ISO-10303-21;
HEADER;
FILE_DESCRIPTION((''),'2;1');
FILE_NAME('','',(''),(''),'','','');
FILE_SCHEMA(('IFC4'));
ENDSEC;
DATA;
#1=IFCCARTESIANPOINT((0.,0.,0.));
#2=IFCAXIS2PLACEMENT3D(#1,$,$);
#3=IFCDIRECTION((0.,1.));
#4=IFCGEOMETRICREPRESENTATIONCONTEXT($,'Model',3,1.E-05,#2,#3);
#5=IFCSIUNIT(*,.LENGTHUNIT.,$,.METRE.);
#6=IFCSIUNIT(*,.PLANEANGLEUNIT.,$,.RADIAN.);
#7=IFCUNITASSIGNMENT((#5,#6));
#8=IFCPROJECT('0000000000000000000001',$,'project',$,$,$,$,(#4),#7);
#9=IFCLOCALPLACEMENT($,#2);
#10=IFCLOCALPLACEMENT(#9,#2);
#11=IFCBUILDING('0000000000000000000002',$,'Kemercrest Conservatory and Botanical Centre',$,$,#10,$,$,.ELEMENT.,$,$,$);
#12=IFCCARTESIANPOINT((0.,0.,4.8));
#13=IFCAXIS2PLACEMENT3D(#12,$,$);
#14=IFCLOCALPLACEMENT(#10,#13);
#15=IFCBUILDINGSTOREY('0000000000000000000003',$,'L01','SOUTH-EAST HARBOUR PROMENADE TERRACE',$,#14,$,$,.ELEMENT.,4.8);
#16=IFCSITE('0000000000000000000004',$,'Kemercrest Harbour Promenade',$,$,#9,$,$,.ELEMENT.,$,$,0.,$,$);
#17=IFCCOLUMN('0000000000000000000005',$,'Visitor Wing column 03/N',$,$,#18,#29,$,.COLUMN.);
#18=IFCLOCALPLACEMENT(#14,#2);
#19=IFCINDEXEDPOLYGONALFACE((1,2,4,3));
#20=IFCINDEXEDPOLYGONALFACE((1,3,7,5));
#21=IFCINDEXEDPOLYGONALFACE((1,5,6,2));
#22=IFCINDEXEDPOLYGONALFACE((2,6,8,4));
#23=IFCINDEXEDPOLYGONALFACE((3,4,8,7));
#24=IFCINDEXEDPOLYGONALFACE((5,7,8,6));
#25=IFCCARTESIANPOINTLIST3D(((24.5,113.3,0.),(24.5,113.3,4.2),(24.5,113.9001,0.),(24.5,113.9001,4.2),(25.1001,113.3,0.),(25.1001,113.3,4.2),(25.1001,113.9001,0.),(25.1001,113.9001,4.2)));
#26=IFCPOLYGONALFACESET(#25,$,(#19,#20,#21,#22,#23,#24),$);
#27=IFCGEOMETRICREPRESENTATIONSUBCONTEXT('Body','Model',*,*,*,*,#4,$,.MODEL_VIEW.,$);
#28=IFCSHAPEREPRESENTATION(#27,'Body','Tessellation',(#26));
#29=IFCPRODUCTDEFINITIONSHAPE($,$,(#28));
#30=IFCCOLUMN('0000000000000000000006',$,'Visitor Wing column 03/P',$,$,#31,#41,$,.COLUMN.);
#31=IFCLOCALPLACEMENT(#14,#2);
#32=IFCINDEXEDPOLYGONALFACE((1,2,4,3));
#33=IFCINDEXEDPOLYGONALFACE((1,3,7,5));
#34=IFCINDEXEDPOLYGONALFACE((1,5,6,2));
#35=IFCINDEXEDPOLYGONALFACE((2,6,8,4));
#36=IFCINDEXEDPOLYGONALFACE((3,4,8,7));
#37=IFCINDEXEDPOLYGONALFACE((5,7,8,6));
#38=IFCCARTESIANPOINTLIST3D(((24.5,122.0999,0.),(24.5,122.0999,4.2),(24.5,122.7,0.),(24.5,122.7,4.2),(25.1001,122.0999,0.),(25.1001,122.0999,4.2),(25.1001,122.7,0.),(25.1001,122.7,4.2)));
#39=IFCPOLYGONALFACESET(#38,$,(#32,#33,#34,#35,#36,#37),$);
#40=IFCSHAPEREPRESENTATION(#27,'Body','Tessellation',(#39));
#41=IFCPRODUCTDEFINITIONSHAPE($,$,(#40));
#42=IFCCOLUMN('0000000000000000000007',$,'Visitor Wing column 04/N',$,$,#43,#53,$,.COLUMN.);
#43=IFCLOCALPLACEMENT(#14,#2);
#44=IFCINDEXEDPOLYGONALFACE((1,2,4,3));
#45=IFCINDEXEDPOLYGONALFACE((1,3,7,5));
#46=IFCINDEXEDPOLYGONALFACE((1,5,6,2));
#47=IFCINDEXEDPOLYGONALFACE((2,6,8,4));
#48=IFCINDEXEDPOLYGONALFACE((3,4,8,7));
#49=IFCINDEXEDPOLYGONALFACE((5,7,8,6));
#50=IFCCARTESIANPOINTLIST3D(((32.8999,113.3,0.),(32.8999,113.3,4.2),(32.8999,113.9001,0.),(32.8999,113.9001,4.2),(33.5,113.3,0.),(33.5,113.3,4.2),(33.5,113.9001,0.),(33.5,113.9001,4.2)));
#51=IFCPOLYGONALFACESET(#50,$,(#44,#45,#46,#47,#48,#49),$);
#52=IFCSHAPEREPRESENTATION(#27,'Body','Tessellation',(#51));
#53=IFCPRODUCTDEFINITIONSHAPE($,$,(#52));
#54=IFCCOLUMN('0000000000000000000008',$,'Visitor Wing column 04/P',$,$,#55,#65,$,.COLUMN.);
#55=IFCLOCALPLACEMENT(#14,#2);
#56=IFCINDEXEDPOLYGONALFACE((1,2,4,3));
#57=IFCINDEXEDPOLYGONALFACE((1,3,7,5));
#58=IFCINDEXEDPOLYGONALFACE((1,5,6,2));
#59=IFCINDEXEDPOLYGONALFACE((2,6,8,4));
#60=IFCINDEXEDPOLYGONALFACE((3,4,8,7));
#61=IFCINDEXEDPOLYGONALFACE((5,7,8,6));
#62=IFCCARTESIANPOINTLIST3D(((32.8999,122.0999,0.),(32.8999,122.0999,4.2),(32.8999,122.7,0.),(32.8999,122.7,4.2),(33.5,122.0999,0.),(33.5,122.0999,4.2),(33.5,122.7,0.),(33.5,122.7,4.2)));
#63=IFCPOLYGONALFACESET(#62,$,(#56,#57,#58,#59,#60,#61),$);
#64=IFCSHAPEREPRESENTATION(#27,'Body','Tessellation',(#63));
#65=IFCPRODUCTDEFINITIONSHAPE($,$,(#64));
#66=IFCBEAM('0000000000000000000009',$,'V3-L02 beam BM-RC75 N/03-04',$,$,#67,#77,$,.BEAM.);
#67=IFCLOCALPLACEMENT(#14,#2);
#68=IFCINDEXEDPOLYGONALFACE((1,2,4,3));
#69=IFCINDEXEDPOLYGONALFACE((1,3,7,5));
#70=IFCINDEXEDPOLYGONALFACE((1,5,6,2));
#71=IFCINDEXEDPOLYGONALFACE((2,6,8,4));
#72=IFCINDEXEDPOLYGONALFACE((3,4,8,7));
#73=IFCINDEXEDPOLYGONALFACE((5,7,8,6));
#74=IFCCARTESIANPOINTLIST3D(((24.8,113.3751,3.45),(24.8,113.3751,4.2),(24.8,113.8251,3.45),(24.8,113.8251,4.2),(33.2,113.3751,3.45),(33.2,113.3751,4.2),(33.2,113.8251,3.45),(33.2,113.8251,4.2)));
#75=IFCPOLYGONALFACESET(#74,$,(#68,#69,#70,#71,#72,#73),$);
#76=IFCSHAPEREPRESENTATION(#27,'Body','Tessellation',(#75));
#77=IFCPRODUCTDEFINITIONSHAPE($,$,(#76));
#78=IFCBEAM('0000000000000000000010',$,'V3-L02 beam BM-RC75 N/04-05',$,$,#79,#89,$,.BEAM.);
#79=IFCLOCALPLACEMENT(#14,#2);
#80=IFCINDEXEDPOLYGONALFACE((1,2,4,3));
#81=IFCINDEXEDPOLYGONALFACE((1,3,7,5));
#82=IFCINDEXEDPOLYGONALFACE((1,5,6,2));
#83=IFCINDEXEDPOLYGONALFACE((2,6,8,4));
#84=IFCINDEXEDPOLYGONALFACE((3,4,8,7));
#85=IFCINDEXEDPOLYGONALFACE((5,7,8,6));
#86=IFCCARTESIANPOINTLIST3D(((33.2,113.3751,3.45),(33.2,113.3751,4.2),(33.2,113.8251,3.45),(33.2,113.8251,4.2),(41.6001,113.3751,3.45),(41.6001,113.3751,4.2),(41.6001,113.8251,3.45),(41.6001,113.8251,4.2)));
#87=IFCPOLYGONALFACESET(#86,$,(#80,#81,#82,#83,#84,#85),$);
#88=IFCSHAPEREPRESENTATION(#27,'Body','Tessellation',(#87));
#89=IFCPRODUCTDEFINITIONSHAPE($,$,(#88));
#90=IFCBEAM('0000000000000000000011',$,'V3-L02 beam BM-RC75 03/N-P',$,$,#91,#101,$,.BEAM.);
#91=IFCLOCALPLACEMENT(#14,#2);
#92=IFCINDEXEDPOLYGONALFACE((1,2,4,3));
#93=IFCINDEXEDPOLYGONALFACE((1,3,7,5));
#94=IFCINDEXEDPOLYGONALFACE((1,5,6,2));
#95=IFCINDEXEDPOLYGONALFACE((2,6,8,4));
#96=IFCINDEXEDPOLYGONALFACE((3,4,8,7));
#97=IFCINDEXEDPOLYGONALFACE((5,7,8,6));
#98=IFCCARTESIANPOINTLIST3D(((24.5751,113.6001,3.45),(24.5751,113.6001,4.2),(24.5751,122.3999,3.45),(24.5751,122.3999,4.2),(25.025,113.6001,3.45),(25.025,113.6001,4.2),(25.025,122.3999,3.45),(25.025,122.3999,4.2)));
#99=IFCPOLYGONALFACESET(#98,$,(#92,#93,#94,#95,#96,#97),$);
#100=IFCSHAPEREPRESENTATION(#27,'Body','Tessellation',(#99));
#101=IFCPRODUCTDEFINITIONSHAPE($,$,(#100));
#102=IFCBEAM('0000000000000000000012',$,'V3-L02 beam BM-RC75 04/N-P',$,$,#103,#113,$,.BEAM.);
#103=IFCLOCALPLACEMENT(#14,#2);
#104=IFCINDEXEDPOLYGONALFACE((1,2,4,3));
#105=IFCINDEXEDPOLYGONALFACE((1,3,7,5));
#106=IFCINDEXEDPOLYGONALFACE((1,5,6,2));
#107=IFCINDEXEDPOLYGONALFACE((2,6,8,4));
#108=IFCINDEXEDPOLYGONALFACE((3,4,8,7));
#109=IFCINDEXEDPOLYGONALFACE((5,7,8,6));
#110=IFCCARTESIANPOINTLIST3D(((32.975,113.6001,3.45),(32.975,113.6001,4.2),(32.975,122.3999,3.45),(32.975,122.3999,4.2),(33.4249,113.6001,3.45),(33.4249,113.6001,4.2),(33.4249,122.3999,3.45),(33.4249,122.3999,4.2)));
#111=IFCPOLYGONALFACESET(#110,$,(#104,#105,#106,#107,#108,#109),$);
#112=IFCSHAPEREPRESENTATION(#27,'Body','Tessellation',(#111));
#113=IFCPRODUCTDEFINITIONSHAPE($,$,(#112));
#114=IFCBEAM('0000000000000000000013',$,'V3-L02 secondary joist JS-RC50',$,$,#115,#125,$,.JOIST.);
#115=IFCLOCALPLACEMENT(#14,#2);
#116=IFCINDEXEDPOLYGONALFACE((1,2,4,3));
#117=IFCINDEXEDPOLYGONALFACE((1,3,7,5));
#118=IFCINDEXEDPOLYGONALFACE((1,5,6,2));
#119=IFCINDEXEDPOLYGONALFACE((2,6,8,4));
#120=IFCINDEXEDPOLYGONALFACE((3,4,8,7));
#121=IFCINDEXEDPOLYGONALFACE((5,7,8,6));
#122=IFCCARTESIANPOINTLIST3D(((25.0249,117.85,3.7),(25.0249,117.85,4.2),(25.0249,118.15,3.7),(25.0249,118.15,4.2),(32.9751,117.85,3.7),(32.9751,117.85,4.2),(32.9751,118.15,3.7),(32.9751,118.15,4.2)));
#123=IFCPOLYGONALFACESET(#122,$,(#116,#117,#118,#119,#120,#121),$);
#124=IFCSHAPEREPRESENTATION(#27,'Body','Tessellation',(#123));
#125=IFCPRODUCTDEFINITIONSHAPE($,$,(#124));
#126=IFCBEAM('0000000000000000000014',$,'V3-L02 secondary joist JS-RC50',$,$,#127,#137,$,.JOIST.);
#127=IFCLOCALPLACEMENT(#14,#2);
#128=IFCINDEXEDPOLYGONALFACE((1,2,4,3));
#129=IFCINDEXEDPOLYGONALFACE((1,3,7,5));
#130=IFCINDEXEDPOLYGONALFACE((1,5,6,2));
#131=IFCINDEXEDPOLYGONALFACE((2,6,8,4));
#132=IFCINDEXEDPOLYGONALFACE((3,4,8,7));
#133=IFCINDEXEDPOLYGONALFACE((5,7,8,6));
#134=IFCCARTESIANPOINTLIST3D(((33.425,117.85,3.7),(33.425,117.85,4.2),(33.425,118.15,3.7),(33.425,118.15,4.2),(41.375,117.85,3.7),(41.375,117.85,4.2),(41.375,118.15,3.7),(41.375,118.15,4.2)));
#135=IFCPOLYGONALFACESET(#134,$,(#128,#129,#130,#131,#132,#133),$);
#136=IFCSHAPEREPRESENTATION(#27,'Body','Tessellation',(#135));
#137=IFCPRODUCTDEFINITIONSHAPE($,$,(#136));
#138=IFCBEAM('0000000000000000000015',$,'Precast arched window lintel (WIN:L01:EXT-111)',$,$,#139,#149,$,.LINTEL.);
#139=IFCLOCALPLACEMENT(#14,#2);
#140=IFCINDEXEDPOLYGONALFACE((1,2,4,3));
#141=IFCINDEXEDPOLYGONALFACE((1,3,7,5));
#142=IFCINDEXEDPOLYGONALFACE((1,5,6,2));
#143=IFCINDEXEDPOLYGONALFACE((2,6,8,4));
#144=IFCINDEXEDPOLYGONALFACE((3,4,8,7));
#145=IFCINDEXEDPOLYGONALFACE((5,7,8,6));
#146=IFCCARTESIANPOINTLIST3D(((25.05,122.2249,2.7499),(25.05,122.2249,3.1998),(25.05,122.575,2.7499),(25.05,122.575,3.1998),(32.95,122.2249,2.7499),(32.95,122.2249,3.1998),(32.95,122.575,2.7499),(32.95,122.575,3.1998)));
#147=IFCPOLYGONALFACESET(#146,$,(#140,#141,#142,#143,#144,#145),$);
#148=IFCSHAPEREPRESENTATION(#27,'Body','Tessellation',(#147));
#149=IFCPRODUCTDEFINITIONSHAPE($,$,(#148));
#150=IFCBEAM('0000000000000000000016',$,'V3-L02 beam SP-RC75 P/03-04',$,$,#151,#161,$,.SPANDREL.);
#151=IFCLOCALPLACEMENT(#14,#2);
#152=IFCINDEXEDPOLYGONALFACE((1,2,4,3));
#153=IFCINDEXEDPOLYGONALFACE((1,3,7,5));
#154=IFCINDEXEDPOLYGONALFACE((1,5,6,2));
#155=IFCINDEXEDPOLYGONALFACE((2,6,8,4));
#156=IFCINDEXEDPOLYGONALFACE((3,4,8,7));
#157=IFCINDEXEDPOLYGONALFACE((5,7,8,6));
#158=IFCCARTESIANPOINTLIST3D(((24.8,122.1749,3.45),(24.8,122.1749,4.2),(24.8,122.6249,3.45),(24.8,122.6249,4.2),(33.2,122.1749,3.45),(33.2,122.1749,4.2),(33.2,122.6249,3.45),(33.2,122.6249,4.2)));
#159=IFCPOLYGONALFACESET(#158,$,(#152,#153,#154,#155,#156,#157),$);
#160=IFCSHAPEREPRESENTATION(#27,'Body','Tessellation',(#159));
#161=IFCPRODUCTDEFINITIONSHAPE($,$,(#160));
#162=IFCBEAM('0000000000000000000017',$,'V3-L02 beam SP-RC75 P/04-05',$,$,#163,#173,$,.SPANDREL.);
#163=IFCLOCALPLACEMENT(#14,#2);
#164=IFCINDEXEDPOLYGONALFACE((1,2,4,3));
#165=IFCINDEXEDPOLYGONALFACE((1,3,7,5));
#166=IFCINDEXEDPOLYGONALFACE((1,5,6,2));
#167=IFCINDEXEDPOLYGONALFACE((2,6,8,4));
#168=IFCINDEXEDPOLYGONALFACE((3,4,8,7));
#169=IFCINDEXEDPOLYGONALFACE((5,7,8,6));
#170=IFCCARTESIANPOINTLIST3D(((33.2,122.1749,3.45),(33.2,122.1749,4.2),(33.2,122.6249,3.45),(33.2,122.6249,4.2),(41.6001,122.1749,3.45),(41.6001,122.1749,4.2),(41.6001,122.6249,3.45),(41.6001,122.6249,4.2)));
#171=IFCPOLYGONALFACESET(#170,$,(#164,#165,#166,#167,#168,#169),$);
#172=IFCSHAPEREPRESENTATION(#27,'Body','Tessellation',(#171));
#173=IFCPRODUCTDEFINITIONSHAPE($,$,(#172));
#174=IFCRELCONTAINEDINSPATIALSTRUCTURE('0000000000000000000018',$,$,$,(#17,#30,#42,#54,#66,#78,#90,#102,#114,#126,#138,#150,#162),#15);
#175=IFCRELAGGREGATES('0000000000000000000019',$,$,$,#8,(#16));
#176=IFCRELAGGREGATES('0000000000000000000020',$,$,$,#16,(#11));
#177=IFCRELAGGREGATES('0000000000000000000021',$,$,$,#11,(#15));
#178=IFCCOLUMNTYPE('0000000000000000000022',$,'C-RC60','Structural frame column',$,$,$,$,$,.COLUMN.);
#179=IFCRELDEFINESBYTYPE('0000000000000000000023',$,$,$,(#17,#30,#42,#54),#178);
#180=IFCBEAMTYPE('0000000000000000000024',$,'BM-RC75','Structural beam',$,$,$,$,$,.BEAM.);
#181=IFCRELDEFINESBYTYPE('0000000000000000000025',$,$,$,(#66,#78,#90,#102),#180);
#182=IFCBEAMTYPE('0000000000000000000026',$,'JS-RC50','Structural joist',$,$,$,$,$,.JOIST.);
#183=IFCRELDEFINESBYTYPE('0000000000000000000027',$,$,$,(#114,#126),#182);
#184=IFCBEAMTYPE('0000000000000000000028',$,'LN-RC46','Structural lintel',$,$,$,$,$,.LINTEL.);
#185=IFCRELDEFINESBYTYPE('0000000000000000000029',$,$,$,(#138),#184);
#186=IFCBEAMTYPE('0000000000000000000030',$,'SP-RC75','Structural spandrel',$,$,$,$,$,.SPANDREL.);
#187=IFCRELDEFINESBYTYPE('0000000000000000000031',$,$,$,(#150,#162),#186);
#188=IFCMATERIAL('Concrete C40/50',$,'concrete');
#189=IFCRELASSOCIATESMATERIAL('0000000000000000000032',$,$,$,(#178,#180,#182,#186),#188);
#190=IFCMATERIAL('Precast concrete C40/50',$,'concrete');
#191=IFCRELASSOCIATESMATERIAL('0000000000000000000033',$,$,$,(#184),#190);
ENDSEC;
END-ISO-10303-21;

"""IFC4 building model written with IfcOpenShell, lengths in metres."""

from ifc_helpers import new_model, si_unit, direction, frame, origin, origin_2d, place, context, subcontext, project, spatial, rectangle, extrude, material, material_profile, profile_set, type_object, element, save


model = new_model("IFC4")

# Units and contexts
model_context = context("Model", 3, precision=1e-05, world=origin(), true_north=direction((0.0, 1.0)))
body_context = subcontext(model_context, "Body", "Model", "MODEL_VIEW")
ifc_project = project(units=[si_unit("LENGTHUNIT", "METRE"), si_unit("PLANEANGLEUNIT", "RADIAN")], contexts=[model_context])

# Site, building, storey
site_placement = place(None, origin())
site = spatial("IfcSite", under=ifc_project, at=site_placement, Name="Kemercrest Harbour Promenade", CompositionType="ELEMENT", RefElevation=0.0)
building_placement = place(site_placement, origin())
building = spatial("IfcBuilding", under=site, at=building_placement, Name="Kemercrest Conservatory and Botanical Centre", CompositionType="ELEMENT")
storey_placement = place(building_placement, frame((0.0, 0.0, 4.8)))
storey = spatial("IfcBuildingStorey", under=building, at=storey_placement, Name="L01", Description="SOUTH-EAST HARBOUR PROMENADE TERRACE", CompositionType="ELEMENT", Elevation=4.8)

# Columns
ifc_material_1 = material(Name="Concrete C40/50", Category="concrete")
ifc_material_profile_1 = material_profile(ifc_material_1, rectangle(XDim=0.6001, YDim=0.6001, at=origin_2d()), Name="RC 600x600")
ifc_profile_set_1 = profile_set([ifc_material_profile_1], Name="Concrete C40/50")
column_type = type_object("IfcColumnType", Name="C-RC60", Description="Structural frame column", PredefinedType="COLUMN", material=ifc_profile_set_1)
for number, where, z_axis, x_axis, name in (
    (1, (24.8, 113.6001, 0.0), (0.0, 0.0, 1.0), (1.0, 0.0, 0.0), "Visitor Wing column 03/N"),
    (2, (24.8, 122.3999, 0.0), (0.0, 0.0, 1.0), (1.0, 0.0, 0.0), "Visitor Wing column 03/P"),
    (3, (33.2, 113.6001, 0.0), (0.0, 0.0, 1.0), (1.0, 0.0, 0.0), "Visitor Wing column 04/N"),
    (4, (33.2, 122.3999, 0.0), (0.0, 0.0, 1.0), (1.0, 0.0, 0.0), "Visitor Wing column 04/P"),
):
    element("IfcColumn", number, at=place(storey_placement, frame(where, z_axis=z_axis, x_axis=x_axis)), inside=storey, type_object=column_type, Name=name, PredefinedType="COLUMN", context=body_context, shape_type="SweptSolid", body=[
        extrude(rectangle(XDim=0.6001, YDim=0.6001, at=origin_2d()), origin(), (0.0, 0.0, 1.0), 4.2),
    ])

# Beams
ifc_material_profile_2 = material_profile(ifc_material_1, rectangle(XDim=0.45, YDim=0.75, at=origin_2d()), Name="RC 450x750")
ifc_profile_set_2 = profile_set([ifc_material_profile_2], Name="Concrete C40/50")
beam_type_1 = type_object("IfcBeamType", Name="BM-RC75", Description="Structural beam", PredefinedType="BEAM", material=ifc_profile_set_2)
beam_1_placement = place(storey_placement, frame((24.8, 113.6001, 3.825), z_axis=(1.0, 0.0, 0.0), x_axis=(0.0, 1.0, 0.0)))
element("IfcBeam", 5, at=beam_1_placement, inside=storey, type_object=beam_type_1, Name="V3-L02 beam BM-RC75 N/03-04", PredefinedType="BEAM", context=body_context, shape_type="SweptSolid", body=[
    extrude(rectangle(XDim=0.45, YDim=0.75, at=origin_2d()), origin(), (0.0, 0.0, 1.0), 8.3999),
])
beam_2_placement = place(storey_placement, frame((33.2, 113.6001, 3.825), z_axis=(1.0, 0.0, 0.0), x_axis=(0.0, 1.0, 0.0)))
element("IfcBeam", 6, at=beam_2_placement, inside=storey, type_object=beam_type_1, Name="V3-L02 beam BM-RC75 N/04-05", PredefinedType="BEAM", context=body_context, shape_type="SweptSolid", body=[
    extrude(rectangle(XDim=0.45, YDim=0.75, at=origin_2d()), origin(), (0.0, 0.0, 1.0), 8.4001),
])
for number, where, z_axis, x_axis, name in (
    (7, (24.8, 113.6001, 3.825), (0.0, 1.0, 0.0), (-1.0, 0.0, 0.0), "V3-L02 beam BM-RC75 03/N-P"),
    (8, (33.2, 113.6001, 3.825), (0.0, 1.0, 0.0), (-1.0, 0.0, 0.0), "V3-L02 beam BM-RC75 04/N-P"),
):
    element("IfcBeam", number, at=place(storey_placement, frame(where, z_axis=z_axis, x_axis=x_axis)), inside=storey, type_object=beam_type_1, Name=name, PredefinedType="BEAM", context=body_context, shape_type="SweptSolid", body=[
        extrude(rectangle(XDim=0.45, YDim=0.75, at=origin_2d()), origin(), (0.0, 0.0, 1.0), 8.7998),
    ])
ifc_material_profile_3 = material_profile(ifc_material_1, rectangle(XDim=0.3, YDim=0.5, at=origin_2d()), Name="RC 300x500")
ifc_profile_set_3 = profile_set([ifc_material_profile_3], Name="Concrete C40/50")
beam_type_2 = type_object("IfcBeamType", Name="JS-RC50", Description="Structural joist", PredefinedType="JOIST", material=ifc_profile_set_3)
beam_3_placement = place(storey_placement, frame((25.0249, 118.0, 3.95), z_axis=(1.0, 0.0, 0.0), x_axis=(0.0, 1.0, 0.0)))
element("IfcBeam", 9, at=beam_3_placement, inside=storey, type_object=beam_type_2, Name="V3-L02 secondary joist JS-RC50", PredefinedType="JOIST", context=body_context, shape_type="SweptSolid", body=[
    extrude(rectangle(XDim=0.3, YDim=0.5, at=origin_2d()), origin(), (0.0, 0.0, 1.0), 7.9502),
])
beam_4_placement = place(storey_placement, frame((33.425, 118.0, 3.95), z_axis=(1.0, 0.0, 0.0), x_axis=(0.0, 1.0, 0.0)))
element("IfcBeam", 10, at=beam_4_placement, inside=storey, type_object=beam_type_2, Name="V3-L02 secondary joist JS-RC50", PredefinedType="JOIST", context=body_context, shape_type="SweptSolid", body=[
    extrude(rectangle(XDim=0.3, YDim=0.5, at=origin_2d()), origin(), (0.0, 0.0, 1.0), 7.95),
])
ifc_material_2 = material(Name="Precast concrete C40/50", Category="concrete")
ifc_material_profile_4 = material_profile(ifc_material_2, rectangle(XDim=0.3501, YDim=0.45, at=origin_2d()), Name="RC 350x450")
ifc_profile_set_4 = profile_set([ifc_material_profile_4], Name="Precast concrete C40/50")
beam_type_3 = type_object("IfcBeamType", Name="LN-RC46", Description="Structural lintel", PredefinedType="LINTEL", material=ifc_profile_set_4)
beam_5_placement = place(storey_placement, frame((32.95, 122.3999, 2.9749), z_axis=(-1.0, 0.0, 0.0), x_axis=(0.0, -1.0, 0.0)))
element("IfcBeam", 11, at=beam_5_placement, inside=storey, type_object=beam_type_3, Name="Precast arched window lintel (WIN:L01:EXT-111)", PredefinedType="LINTEL", context=body_context, shape_type="SweptSolid", body=[
    extrude(rectangle(XDim=0.3501, YDim=0.45, at=origin_2d()), origin(), (0.0, 0.0, 1.0), 7.8999),
])
ifc_material_profile_5 = material_profile(ifc_material_1, rectangle(XDim=0.45, YDim=0.75, at=origin_2d()), Name="RC 450x750")
ifc_profile_set_5 = profile_set([ifc_material_profile_5], Name="Concrete C40/50")
beam_type_4 = type_object("IfcBeamType", Name="SP-RC75", Description="Structural spandrel", PredefinedType="SPANDREL", material=ifc_profile_set_5)
beam_6_placement = place(storey_placement, frame((24.8, 122.3999, 3.825), z_axis=(1.0, 0.0, 0.0), x_axis=(0.0, 1.0, 0.0)))
element("IfcBeam", 12, at=beam_6_placement, inside=storey, type_object=beam_type_4, Name="V3-L02 beam SP-RC75 P/03-04", PredefinedType="SPANDREL", context=body_context, shape_type="SweptSolid", body=[
    extrude(rectangle(XDim=0.45, YDim=0.75, at=origin_2d()), origin(), (0.0, 0.0, 1.0), 8.3999),
])
beam_7_placement = place(storey_placement, frame((33.2, 122.3999, 3.825), z_axis=(1.0, 0.0, 0.0), x_axis=(0.0, 1.0, 0.0)))
element("IfcBeam", 13, at=beam_7_placement, inside=storey, type_object=beam_type_4, Name="V3-L02 beam SP-RC75 P/04-05", PredefinedType="SPANDREL", context=body_context, shape_type="SweptSolid", body=[
    extrude(rectangle(XDim=0.45, YDim=0.75, at=origin_2d()), origin(), (0.0, 0.0, 1.0), 8.4001),
])

save(model, "model.ifc")
